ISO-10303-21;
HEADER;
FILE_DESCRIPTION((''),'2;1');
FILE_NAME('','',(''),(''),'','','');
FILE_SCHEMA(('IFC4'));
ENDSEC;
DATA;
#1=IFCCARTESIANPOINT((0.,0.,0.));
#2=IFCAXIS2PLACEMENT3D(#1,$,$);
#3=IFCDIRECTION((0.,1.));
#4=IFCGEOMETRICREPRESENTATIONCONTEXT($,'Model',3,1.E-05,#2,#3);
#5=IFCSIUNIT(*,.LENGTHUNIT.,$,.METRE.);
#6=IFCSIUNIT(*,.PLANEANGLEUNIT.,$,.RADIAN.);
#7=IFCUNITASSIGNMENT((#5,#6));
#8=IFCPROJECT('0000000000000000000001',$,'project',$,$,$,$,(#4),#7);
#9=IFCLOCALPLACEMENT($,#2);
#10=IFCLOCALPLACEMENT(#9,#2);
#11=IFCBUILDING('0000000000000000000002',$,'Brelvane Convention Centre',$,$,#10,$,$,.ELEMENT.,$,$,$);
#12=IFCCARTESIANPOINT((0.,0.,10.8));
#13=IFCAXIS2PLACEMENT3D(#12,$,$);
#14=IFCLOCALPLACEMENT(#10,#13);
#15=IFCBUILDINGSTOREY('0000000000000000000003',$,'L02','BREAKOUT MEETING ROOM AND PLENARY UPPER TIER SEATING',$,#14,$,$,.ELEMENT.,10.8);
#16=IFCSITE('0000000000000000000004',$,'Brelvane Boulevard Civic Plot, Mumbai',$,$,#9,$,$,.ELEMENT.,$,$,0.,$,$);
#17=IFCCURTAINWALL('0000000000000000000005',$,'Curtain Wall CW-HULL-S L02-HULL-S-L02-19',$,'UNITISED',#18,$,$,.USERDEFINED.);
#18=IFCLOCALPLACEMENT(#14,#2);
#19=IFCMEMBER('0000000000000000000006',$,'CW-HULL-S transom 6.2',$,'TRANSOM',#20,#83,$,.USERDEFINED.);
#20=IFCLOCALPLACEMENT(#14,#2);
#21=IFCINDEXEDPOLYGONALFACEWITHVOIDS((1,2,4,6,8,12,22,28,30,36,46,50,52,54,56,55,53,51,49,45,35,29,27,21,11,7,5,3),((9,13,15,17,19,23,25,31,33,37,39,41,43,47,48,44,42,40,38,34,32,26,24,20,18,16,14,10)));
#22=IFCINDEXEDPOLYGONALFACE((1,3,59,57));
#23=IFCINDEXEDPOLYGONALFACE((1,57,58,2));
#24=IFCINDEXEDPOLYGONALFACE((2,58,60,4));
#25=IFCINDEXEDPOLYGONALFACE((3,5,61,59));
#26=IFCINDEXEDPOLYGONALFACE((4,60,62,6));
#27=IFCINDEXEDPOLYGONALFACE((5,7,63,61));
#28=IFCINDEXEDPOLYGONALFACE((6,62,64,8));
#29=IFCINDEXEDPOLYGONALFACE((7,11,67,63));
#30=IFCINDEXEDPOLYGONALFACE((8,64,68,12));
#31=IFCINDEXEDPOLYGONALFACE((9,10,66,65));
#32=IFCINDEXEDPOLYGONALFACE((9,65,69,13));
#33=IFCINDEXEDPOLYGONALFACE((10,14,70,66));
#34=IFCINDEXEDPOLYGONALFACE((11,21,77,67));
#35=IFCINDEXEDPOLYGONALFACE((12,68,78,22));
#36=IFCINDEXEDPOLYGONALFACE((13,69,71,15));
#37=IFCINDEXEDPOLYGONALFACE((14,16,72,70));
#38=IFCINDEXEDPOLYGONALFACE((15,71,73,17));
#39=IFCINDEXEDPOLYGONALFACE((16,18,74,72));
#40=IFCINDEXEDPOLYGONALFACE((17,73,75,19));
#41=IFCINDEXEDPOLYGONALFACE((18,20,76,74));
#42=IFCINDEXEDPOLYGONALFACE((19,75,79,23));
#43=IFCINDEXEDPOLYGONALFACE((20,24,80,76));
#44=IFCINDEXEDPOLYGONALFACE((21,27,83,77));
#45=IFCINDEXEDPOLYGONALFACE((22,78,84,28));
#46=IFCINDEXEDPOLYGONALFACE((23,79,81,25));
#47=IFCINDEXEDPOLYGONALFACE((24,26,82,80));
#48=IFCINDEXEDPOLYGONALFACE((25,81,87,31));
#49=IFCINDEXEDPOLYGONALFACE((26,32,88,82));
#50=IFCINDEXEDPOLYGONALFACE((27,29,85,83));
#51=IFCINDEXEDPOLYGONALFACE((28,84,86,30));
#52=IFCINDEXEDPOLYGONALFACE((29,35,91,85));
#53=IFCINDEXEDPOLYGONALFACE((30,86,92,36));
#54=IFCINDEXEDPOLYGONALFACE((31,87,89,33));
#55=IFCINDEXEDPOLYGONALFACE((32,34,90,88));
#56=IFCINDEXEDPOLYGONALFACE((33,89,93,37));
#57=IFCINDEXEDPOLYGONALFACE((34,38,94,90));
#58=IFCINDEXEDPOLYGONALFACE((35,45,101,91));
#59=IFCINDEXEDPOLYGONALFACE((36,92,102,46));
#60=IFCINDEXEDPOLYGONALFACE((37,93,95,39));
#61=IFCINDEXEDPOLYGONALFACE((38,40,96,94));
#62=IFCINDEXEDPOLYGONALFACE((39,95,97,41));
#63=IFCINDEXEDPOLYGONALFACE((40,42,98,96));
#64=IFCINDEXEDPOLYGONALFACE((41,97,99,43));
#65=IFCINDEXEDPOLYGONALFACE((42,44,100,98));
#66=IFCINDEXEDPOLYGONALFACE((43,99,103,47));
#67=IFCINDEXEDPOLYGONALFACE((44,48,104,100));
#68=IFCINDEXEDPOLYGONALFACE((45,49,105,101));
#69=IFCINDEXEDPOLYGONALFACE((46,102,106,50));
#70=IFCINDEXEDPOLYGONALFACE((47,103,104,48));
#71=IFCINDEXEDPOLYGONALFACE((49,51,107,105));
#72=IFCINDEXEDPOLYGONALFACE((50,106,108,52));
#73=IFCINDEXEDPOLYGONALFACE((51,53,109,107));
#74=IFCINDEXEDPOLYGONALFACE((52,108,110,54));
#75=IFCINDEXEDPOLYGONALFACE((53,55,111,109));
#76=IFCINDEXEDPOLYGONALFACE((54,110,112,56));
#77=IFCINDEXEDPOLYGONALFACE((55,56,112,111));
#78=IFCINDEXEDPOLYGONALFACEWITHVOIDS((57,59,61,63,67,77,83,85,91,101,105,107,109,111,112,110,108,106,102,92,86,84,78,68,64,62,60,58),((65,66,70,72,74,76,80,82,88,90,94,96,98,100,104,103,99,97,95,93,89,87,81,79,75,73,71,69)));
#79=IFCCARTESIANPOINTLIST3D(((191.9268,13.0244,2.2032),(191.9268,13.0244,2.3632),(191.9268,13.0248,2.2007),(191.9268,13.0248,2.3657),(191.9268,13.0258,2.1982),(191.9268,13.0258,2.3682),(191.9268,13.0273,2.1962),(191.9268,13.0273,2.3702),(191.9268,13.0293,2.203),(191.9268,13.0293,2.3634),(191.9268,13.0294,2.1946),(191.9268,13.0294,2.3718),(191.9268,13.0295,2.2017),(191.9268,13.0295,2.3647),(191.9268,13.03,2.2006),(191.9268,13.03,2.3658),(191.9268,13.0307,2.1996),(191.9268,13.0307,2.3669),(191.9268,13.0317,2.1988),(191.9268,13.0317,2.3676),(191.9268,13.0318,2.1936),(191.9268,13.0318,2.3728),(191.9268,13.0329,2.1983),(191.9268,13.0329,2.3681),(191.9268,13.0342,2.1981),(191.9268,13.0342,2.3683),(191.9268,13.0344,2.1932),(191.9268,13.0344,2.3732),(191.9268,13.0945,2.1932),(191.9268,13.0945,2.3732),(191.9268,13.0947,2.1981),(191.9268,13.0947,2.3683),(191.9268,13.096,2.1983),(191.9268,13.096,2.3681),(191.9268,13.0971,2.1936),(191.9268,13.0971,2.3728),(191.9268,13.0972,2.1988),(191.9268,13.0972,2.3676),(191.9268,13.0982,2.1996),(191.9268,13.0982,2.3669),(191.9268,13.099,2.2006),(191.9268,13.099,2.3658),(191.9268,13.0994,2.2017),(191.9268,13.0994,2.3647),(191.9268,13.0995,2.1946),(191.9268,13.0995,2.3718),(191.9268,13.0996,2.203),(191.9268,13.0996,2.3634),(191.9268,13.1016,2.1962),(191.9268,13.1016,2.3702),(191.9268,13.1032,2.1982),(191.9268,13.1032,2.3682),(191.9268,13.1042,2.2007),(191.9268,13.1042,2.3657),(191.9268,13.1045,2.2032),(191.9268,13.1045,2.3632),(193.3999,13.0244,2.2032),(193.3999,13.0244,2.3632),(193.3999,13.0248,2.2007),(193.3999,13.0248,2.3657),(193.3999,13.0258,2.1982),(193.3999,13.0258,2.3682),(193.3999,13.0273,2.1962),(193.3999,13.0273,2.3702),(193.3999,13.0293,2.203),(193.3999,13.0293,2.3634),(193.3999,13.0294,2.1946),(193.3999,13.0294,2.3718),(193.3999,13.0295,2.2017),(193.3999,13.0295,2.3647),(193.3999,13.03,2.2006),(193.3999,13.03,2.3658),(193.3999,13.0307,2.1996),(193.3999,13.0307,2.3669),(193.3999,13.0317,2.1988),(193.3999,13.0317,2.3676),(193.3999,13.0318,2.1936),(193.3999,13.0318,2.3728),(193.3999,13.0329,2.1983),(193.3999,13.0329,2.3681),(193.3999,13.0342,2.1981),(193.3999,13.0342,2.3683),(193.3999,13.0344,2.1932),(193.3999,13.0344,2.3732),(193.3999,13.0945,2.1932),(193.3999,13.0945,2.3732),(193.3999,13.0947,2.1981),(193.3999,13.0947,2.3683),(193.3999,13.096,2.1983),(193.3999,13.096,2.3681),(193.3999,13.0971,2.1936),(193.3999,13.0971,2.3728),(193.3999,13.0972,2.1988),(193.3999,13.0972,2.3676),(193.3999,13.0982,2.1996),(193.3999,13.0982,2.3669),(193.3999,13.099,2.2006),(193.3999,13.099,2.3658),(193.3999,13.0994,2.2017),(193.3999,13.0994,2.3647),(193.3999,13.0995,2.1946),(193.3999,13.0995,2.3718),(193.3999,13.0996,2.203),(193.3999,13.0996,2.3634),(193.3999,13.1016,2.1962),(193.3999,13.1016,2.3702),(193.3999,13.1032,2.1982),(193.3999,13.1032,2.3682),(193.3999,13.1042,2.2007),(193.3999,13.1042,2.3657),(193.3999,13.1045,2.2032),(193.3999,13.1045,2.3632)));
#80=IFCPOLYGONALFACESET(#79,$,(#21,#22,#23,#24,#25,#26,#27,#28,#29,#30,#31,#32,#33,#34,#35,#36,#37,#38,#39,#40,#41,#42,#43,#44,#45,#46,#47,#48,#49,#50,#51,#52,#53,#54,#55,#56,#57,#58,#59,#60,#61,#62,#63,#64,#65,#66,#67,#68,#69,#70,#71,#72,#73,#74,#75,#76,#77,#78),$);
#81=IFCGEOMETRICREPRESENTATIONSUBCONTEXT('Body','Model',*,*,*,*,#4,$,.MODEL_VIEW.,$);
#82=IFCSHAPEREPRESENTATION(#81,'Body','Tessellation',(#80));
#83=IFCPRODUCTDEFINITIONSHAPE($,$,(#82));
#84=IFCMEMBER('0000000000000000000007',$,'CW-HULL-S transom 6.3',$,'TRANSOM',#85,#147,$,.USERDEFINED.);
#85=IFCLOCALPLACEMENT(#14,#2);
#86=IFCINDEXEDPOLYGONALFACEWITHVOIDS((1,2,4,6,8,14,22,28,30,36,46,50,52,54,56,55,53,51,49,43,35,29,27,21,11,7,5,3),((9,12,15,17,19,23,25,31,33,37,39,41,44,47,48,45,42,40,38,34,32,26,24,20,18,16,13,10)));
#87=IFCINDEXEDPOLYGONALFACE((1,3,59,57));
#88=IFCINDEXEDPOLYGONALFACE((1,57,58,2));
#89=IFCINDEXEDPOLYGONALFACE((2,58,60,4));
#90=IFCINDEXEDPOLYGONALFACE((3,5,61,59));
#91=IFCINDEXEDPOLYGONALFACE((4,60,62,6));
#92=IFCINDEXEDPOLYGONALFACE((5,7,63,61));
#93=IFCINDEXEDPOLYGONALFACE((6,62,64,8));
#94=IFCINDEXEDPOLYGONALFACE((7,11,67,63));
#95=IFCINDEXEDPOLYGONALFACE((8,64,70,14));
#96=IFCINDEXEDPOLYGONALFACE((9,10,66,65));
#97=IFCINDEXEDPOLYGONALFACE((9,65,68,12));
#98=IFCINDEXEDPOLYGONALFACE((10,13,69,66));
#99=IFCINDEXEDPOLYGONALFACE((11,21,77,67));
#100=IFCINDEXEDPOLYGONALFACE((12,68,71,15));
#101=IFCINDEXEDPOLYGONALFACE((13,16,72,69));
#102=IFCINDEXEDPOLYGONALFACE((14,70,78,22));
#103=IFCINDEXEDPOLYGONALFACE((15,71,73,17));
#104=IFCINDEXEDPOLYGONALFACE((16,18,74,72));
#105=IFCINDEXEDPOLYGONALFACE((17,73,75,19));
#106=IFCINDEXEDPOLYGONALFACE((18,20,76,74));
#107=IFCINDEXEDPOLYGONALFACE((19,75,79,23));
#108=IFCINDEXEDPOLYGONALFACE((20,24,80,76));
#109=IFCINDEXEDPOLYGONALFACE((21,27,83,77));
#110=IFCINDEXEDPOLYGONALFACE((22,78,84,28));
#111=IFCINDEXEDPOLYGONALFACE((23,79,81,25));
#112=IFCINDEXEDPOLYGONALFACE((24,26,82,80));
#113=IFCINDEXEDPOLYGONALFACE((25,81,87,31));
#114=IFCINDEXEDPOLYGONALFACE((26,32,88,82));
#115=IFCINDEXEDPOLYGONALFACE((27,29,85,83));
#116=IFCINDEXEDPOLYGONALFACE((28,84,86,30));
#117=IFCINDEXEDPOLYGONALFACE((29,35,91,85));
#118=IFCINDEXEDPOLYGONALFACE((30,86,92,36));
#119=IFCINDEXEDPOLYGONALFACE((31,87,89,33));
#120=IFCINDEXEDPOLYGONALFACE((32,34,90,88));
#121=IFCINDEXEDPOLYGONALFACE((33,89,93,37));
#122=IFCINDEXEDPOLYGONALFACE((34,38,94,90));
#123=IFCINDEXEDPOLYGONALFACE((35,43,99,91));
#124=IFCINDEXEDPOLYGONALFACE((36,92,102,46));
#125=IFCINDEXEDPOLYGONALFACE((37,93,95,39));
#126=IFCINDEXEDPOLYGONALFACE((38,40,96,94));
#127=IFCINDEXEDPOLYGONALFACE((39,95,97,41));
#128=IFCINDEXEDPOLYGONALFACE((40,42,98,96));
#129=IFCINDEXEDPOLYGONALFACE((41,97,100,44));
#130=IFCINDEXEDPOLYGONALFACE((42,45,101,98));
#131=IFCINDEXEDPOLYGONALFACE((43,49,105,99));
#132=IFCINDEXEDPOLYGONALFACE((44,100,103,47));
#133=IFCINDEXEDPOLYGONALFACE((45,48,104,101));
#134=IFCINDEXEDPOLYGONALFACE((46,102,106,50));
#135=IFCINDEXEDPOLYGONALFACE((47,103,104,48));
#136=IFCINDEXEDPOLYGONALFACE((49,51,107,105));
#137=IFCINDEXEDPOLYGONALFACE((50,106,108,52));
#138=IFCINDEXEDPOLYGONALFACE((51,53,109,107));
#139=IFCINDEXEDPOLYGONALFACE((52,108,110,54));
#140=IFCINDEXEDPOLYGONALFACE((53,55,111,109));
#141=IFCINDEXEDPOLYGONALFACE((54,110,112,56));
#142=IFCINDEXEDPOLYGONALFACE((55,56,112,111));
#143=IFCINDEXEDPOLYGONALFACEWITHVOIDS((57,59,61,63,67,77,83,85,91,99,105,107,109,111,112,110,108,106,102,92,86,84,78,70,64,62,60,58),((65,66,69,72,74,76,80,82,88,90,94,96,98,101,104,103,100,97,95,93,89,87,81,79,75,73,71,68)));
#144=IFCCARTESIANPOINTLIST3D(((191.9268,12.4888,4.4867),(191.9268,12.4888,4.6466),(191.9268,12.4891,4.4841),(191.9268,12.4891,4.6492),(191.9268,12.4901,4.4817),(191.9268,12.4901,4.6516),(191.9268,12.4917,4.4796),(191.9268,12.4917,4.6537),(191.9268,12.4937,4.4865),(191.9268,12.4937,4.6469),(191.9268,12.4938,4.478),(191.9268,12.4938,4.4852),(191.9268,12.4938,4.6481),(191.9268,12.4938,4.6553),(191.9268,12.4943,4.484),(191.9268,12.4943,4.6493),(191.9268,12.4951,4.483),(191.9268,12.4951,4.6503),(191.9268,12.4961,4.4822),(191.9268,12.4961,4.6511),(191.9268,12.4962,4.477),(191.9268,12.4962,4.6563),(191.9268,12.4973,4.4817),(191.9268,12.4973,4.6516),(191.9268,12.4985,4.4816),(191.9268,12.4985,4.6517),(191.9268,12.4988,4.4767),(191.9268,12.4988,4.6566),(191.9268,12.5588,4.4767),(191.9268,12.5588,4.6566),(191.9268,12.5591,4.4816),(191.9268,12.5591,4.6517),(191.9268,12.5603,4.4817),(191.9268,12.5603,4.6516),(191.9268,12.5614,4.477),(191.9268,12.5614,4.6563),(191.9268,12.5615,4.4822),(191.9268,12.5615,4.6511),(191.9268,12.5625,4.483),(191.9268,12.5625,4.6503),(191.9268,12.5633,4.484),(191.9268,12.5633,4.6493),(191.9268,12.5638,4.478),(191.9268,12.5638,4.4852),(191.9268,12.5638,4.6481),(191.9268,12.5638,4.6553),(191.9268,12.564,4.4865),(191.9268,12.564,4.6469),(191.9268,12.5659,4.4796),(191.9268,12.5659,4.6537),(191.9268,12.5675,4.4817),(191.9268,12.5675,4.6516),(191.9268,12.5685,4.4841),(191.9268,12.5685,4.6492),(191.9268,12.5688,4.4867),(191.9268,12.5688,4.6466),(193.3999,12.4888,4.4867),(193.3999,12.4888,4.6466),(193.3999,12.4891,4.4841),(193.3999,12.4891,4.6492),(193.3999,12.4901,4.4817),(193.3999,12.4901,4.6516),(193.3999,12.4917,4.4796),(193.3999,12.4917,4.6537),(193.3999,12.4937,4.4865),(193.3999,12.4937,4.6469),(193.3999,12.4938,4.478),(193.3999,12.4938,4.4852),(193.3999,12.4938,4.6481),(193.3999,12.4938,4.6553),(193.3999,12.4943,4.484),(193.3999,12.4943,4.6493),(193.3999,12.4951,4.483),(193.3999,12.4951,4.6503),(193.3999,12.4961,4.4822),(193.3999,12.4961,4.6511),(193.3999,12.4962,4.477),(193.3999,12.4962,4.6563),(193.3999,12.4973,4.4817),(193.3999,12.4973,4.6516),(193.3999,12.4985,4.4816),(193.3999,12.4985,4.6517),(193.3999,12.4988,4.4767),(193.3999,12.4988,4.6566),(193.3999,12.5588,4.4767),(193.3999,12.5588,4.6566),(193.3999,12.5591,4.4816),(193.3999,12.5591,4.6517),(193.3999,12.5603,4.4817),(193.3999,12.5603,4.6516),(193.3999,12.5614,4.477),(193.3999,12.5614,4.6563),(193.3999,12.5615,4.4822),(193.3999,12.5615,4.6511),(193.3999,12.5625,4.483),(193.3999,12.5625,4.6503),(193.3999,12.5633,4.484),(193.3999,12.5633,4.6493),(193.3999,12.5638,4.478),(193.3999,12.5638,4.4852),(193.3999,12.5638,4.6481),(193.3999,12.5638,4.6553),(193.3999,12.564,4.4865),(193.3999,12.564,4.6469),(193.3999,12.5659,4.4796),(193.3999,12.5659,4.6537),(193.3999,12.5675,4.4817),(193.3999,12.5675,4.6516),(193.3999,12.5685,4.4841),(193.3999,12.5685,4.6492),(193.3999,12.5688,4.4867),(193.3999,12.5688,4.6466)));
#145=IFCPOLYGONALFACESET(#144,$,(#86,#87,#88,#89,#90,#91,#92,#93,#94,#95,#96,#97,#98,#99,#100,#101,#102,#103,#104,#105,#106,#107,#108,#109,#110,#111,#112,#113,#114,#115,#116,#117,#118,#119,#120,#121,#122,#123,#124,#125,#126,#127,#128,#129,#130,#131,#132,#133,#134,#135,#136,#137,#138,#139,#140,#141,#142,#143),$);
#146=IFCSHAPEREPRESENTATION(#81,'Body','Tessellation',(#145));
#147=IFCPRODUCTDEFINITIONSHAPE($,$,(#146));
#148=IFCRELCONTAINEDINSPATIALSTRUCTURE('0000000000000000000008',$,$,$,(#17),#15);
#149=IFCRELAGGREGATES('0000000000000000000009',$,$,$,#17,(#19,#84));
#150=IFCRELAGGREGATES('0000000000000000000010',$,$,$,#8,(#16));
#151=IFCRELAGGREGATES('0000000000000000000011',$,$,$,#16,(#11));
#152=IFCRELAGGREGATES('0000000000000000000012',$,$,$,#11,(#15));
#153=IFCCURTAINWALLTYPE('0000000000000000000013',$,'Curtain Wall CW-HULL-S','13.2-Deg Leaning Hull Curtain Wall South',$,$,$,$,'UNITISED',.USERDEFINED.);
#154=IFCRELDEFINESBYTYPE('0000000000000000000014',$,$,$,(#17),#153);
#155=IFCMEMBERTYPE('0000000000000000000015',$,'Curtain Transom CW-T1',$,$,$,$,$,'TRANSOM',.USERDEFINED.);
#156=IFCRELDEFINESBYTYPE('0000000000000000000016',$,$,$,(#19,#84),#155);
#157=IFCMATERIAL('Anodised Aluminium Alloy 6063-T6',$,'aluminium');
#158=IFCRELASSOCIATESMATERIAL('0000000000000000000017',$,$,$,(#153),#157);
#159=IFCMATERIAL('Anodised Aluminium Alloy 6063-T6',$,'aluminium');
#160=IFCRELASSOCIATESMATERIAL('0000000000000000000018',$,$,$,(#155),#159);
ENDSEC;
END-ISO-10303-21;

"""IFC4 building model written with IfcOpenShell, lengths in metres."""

from ifc_helpers import new_model, si_unit, direction, frame, origin, origin_2d, place, context, subcontext, project, spatial, hollow_rectangle, extrude, material, material_profile, profile_set, type_object, element, aggregate, save


model = new_model("IFC4")

# Units and contexts
model_context = context("Model", 3, precision=1e-05, world=origin(), true_north=direction((0.0, 1.0)))
body_context = subcontext(model_context, "Body", "Model", "MODEL_VIEW")
ifc_project = project(units=[si_unit("LENGTHUNIT", "METRE"), si_unit("PLANEANGLEUNIT", "RADIAN")], contexts=[model_context])

# Site, building, storey
site_placement = place(None, origin())
site = spatial("IfcSite", under=ifc_project, at=site_placement, Name="Brelvane Boulevard Civic Plot, Mumbai", CompositionType="ELEMENT", RefElevation=0.0)
building_placement = place(site_placement, origin())
building = spatial("IfcBuilding", under=site, at=building_placement, Name="Brelvane Convention Centre", CompositionType="ELEMENT")
storey_placement = place(building_placement, frame((0.0, 0.0, 10.8)))
storey = spatial("IfcBuildingStorey", under=building, at=storey_placement, Name="L02", Description="BREAKOUT MEETING ROOM AND PLENARY UPPER TIER SEATING", CompositionType="ELEMENT", Elevation=10.8)

# Curtain wall, members
ifc_material_1 = material(Name="Anodised Aluminium Alloy 6063-T6", Category="aluminium")
curtain_wall_type = type_object("IfcCurtainWallType", Name="Curtain Wall CW-HULL-S", Description="13.2-Deg Leaning Hull Curtain Wall South", ElementType="UNITISED", PredefinedType="USERDEFINED", material=ifc_material_1)
curtain_wall_1_placement = place(storey_placement, origin())
curtain_wall_1 = element("IfcCurtainWall", 1, at=curtain_wall_1_placement, inside=storey, type_object=curtain_wall_type, Name="Curtain Wall CW-HULL-S L02-HULL-S-L02-19", ObjectType="UNITISED", PredefinedType="USERDEFINED")
ifc_material_2 = material(Name="Anodised Aluminium Alloy 6063-T6", Category="aluminium")
ifc_material_profile = material_profile(ifc_material_2, hollow_rectangle(XDim=0.0801, YDim=0.1799, WallThickness=0.0049, InnerFilletRadius=0.0049, OuterFilletRadius=0.01, at=origin_2d()), Name="ALU-T 180x80x5.0")
ifc_profile_set = profile_set([ifc_material_profile], Name="Anodised Aluminium Alloy 6063-T6")
member_type = type_object("IfcMemberType", Name="Curtain Transom CW-T1", ElementType="TRANSOM", PredefinedType="USERDEFINED", material=ifc_profile_set)
member_1_placement = place(storey_placement, frame((191.9268, 13.0645, 2.2832), z_axis=(1.0, 0.0, 0.0), x_axis=(0.0, 1.0, 0.0)))
member_1 = element("IfcMember", 2, at=member_1_placement, type_object=member_type, Name="CW-HULL-S transom 6.2", ObjectType="TRANSOM", PredefinedType="USERDEFINED", context=body_context, shape_type="SweptSolid", body=[
    extrude(hollow_rectangle(XDim=0.0801, YDim=0.1799, WallThickness=0.0049, InnerFilletRadius=0.0049, OuterFilletRadius=0.01, at=origin_2d()), origin(), (0.0, 0.0, 1.0), 1.4731),
])
member_2_placement = place(storey_placement, frame((191.9268, 12.5288, 4.5667), z_axis=(1.0, 0.0, 0.0), x_axis=(0.0, 1.0, 0.0)))
member_2 = element("IfcMember", 3, at=member_2_placement, type_object=member_type, Name="CW-HULL-S transom 6.3", ObjectType="TRANSOM", PredefinedType="USERDEFINED", context=body_context, shape_type="SweptSolid", body=[
    extrude(hollow_rectangle(XDim=0.0801, YDim=0.1799, WallThickness=0.0049, InnerFilletRadius=0.0049, OuterFilletRadius=0.01, at=origin_2d()), origin(), (0.0, 0.0, 1.0), 1.4731),
])

aggregate(curtain_wall_1, [member_1, member_2])

save(model, "model.ifc")
